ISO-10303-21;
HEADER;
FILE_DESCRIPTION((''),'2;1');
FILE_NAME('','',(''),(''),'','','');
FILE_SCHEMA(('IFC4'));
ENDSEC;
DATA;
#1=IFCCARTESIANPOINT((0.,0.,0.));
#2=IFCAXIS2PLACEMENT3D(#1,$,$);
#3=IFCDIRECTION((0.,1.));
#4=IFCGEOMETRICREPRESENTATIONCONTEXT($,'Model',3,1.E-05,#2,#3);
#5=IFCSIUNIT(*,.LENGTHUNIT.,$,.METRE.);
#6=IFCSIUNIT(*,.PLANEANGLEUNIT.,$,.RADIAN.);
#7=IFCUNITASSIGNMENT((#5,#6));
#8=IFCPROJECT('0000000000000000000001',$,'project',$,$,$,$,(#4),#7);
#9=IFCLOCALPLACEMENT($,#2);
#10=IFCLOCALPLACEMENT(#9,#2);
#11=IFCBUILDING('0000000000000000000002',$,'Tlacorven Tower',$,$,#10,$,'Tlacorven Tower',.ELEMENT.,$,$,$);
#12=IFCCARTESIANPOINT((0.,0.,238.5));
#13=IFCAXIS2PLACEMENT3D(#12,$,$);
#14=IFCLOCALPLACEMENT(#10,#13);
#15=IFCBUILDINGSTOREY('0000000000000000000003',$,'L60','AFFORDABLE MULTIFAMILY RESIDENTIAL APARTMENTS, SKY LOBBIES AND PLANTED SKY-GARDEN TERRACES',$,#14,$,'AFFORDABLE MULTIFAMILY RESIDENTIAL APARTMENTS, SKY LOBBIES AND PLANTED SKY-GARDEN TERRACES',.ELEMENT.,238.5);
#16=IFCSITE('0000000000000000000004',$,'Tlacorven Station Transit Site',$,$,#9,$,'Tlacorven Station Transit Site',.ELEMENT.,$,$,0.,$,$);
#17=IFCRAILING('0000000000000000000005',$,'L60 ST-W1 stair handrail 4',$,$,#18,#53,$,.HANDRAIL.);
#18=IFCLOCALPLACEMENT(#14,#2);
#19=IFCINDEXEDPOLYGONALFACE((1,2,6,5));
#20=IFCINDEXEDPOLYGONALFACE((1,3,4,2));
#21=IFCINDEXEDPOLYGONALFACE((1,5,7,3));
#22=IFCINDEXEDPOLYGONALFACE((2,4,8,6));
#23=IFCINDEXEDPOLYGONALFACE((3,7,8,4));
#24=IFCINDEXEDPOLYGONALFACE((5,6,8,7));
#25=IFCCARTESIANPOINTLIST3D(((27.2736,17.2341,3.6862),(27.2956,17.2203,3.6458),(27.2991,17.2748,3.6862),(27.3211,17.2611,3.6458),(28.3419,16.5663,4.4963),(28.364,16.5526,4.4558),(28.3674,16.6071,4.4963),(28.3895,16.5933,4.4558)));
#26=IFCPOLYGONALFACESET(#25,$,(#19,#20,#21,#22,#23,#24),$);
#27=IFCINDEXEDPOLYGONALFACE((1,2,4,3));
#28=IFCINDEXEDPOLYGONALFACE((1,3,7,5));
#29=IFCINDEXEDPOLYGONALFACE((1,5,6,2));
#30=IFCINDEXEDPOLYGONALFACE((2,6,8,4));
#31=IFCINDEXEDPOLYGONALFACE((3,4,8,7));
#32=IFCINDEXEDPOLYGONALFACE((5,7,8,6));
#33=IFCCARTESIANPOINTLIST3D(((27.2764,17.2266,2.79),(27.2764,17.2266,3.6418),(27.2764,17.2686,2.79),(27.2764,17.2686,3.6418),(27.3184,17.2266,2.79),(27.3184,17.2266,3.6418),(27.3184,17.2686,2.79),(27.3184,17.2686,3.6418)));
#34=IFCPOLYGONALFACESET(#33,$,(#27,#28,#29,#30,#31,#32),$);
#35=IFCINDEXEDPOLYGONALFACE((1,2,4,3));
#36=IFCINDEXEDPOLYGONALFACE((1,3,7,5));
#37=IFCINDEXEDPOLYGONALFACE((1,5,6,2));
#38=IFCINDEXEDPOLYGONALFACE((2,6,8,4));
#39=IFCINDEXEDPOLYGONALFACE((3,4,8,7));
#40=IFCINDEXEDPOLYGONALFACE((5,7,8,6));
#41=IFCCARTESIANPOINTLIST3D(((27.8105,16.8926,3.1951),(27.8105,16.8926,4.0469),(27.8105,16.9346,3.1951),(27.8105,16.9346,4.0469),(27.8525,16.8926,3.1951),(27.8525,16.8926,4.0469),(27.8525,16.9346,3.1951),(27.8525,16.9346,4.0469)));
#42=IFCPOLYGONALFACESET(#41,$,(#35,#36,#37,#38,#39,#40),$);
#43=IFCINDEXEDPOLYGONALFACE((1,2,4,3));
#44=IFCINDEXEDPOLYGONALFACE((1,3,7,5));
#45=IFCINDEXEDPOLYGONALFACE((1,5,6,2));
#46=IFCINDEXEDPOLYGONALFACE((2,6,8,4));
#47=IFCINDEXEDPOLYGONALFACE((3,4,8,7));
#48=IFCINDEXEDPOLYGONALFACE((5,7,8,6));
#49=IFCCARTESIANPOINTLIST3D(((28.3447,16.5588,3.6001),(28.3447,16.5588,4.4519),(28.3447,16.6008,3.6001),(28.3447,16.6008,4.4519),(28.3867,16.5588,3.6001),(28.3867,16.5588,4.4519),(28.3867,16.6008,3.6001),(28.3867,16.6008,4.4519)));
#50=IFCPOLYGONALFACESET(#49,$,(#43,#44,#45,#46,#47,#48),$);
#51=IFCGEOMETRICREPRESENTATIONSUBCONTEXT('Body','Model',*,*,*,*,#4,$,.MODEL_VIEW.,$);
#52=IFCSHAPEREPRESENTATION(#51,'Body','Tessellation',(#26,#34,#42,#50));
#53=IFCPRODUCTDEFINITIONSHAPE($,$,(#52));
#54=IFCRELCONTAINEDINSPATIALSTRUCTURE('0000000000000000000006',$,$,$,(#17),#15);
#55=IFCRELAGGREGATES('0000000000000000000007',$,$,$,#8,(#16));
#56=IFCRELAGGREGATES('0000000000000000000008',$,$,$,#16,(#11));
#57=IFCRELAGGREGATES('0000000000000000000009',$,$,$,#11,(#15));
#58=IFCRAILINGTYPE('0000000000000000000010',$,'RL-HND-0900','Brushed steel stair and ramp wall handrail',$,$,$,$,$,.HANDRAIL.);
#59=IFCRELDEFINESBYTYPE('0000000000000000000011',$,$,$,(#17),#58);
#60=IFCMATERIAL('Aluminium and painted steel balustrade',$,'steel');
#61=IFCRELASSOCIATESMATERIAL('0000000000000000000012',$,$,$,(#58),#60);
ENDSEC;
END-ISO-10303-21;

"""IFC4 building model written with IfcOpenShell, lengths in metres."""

from ifc_helpers import new_model, si_unit, direction, frame, origin, origin_2d, place, context, subcontext, project, spatial, rectangle, extrude, source, transform, mapped, material, type_object, element, save


model = new_model("IFC4")

# Units and contexts
model_context = context("Model", 3, precision=1e-05, world=origin(), true_north=direction((0.0, 1.0)))
body_context = subcontext(model_context, "Body", "Model", "MODEL_VIEW")
ifc_project = project(units=[si_unit("LENGTHUNIT", "METRE"), si_unit("PLANEANGLEUNIT", "RADIAN")], contexts=[model_context])

# Site, building, storey
site_placement = place(None, origin())
site = spatial("IfcSite", under=ifc_project, at=site_placement, Name="Tlacorven Station Transit Site", LongName="Tlacorven Station Transit Site", CompositionType="ELEMENT", RefElevation=0.0)
building_placement = place(site_placement, origin())
building = spatial("IfcBuilding", under=site, at=building_placement, Name="Tlacorven Tower", LongName="Tlacorven Tower", CompositionType="ELEMENT")
storey_placement = place(building_placement, frame((0.0, 0.0, 238.5)))
storey = spatial("IfcBuildingStorey", under=building, at=storey_placement, Name="L60", Description="AFFORDABLE MULTIFAMILY RESIDENTIAL APARTMENTS, SKY LOBBIES AND PLANTED SKY-GARDEN TERRACES", LongName="AFFORDABLE MULTIFAMILY RESIDENTIAL APARTMENTS, SKY LOBBIES AND PLANTED SKY-GARDEN TERRACES", CompositionType="ELEMENT", Elevation=238.5)

# Railing
ifc_material_1 = material(Name="Aluminium and painted steel balustrade", Category="steel")
railing_type_1 = type_object("IfcRailingType", Name="RL-HND-0900", Description="Brushed steel stair and ramp wall handrail", PredefinedType="HANDRAIL", material=ifc_material_1)
shared_shape_1 = source(origin(), body_context, "Body", "SweptSolid", [
    extrude(rectangle(XDim=0.0481, YDim=0.0481, at=origin_2d()), frame((0.0, 0.0, 0.876), z_axis=(0.71328, -0.4458, 0.540828), x_axis=(0.529999, 0.847998, 0.0)), (0.0, 0.0, 1.0), 1.4978),
    extrude(rectangle(XDim=0.042, YDim=0.042, at=origin_2d()), origin(), (0.0, 0.0, 1.0), 0.8518),
    extrude(rectangle(XDim=0.042, YDim=0.042, at=origin_2d()), frame((0.5342, -0.334, 0.405)), (0.0, 0.0, 1.0), 0.8518),
    extrude(rectangle(XDim=0.042, YDim=0.042, at=origin_2d()), frame((1.0684, -0.6677, 0.8101)), (0.0, 0.0, 1.0), 0.8518),
])
railing_1_placement = place(storey_placement, frame((27.2974, 17.2476, 2.79)))
element("IfcRailing", 1, at=railing_1_placement, inside=storey, type_object=railing_type_1, Name="L60 ST-W1 stair handrail 4", PredefinedType="HANDRAIL", context=body_context, shape_type="MappedRepresentation", body=[
    mapped(shared_shape_1, transform((0.0, 0.0, 0.0), scale=1.0)),
])

save(model, "model.ifc")
